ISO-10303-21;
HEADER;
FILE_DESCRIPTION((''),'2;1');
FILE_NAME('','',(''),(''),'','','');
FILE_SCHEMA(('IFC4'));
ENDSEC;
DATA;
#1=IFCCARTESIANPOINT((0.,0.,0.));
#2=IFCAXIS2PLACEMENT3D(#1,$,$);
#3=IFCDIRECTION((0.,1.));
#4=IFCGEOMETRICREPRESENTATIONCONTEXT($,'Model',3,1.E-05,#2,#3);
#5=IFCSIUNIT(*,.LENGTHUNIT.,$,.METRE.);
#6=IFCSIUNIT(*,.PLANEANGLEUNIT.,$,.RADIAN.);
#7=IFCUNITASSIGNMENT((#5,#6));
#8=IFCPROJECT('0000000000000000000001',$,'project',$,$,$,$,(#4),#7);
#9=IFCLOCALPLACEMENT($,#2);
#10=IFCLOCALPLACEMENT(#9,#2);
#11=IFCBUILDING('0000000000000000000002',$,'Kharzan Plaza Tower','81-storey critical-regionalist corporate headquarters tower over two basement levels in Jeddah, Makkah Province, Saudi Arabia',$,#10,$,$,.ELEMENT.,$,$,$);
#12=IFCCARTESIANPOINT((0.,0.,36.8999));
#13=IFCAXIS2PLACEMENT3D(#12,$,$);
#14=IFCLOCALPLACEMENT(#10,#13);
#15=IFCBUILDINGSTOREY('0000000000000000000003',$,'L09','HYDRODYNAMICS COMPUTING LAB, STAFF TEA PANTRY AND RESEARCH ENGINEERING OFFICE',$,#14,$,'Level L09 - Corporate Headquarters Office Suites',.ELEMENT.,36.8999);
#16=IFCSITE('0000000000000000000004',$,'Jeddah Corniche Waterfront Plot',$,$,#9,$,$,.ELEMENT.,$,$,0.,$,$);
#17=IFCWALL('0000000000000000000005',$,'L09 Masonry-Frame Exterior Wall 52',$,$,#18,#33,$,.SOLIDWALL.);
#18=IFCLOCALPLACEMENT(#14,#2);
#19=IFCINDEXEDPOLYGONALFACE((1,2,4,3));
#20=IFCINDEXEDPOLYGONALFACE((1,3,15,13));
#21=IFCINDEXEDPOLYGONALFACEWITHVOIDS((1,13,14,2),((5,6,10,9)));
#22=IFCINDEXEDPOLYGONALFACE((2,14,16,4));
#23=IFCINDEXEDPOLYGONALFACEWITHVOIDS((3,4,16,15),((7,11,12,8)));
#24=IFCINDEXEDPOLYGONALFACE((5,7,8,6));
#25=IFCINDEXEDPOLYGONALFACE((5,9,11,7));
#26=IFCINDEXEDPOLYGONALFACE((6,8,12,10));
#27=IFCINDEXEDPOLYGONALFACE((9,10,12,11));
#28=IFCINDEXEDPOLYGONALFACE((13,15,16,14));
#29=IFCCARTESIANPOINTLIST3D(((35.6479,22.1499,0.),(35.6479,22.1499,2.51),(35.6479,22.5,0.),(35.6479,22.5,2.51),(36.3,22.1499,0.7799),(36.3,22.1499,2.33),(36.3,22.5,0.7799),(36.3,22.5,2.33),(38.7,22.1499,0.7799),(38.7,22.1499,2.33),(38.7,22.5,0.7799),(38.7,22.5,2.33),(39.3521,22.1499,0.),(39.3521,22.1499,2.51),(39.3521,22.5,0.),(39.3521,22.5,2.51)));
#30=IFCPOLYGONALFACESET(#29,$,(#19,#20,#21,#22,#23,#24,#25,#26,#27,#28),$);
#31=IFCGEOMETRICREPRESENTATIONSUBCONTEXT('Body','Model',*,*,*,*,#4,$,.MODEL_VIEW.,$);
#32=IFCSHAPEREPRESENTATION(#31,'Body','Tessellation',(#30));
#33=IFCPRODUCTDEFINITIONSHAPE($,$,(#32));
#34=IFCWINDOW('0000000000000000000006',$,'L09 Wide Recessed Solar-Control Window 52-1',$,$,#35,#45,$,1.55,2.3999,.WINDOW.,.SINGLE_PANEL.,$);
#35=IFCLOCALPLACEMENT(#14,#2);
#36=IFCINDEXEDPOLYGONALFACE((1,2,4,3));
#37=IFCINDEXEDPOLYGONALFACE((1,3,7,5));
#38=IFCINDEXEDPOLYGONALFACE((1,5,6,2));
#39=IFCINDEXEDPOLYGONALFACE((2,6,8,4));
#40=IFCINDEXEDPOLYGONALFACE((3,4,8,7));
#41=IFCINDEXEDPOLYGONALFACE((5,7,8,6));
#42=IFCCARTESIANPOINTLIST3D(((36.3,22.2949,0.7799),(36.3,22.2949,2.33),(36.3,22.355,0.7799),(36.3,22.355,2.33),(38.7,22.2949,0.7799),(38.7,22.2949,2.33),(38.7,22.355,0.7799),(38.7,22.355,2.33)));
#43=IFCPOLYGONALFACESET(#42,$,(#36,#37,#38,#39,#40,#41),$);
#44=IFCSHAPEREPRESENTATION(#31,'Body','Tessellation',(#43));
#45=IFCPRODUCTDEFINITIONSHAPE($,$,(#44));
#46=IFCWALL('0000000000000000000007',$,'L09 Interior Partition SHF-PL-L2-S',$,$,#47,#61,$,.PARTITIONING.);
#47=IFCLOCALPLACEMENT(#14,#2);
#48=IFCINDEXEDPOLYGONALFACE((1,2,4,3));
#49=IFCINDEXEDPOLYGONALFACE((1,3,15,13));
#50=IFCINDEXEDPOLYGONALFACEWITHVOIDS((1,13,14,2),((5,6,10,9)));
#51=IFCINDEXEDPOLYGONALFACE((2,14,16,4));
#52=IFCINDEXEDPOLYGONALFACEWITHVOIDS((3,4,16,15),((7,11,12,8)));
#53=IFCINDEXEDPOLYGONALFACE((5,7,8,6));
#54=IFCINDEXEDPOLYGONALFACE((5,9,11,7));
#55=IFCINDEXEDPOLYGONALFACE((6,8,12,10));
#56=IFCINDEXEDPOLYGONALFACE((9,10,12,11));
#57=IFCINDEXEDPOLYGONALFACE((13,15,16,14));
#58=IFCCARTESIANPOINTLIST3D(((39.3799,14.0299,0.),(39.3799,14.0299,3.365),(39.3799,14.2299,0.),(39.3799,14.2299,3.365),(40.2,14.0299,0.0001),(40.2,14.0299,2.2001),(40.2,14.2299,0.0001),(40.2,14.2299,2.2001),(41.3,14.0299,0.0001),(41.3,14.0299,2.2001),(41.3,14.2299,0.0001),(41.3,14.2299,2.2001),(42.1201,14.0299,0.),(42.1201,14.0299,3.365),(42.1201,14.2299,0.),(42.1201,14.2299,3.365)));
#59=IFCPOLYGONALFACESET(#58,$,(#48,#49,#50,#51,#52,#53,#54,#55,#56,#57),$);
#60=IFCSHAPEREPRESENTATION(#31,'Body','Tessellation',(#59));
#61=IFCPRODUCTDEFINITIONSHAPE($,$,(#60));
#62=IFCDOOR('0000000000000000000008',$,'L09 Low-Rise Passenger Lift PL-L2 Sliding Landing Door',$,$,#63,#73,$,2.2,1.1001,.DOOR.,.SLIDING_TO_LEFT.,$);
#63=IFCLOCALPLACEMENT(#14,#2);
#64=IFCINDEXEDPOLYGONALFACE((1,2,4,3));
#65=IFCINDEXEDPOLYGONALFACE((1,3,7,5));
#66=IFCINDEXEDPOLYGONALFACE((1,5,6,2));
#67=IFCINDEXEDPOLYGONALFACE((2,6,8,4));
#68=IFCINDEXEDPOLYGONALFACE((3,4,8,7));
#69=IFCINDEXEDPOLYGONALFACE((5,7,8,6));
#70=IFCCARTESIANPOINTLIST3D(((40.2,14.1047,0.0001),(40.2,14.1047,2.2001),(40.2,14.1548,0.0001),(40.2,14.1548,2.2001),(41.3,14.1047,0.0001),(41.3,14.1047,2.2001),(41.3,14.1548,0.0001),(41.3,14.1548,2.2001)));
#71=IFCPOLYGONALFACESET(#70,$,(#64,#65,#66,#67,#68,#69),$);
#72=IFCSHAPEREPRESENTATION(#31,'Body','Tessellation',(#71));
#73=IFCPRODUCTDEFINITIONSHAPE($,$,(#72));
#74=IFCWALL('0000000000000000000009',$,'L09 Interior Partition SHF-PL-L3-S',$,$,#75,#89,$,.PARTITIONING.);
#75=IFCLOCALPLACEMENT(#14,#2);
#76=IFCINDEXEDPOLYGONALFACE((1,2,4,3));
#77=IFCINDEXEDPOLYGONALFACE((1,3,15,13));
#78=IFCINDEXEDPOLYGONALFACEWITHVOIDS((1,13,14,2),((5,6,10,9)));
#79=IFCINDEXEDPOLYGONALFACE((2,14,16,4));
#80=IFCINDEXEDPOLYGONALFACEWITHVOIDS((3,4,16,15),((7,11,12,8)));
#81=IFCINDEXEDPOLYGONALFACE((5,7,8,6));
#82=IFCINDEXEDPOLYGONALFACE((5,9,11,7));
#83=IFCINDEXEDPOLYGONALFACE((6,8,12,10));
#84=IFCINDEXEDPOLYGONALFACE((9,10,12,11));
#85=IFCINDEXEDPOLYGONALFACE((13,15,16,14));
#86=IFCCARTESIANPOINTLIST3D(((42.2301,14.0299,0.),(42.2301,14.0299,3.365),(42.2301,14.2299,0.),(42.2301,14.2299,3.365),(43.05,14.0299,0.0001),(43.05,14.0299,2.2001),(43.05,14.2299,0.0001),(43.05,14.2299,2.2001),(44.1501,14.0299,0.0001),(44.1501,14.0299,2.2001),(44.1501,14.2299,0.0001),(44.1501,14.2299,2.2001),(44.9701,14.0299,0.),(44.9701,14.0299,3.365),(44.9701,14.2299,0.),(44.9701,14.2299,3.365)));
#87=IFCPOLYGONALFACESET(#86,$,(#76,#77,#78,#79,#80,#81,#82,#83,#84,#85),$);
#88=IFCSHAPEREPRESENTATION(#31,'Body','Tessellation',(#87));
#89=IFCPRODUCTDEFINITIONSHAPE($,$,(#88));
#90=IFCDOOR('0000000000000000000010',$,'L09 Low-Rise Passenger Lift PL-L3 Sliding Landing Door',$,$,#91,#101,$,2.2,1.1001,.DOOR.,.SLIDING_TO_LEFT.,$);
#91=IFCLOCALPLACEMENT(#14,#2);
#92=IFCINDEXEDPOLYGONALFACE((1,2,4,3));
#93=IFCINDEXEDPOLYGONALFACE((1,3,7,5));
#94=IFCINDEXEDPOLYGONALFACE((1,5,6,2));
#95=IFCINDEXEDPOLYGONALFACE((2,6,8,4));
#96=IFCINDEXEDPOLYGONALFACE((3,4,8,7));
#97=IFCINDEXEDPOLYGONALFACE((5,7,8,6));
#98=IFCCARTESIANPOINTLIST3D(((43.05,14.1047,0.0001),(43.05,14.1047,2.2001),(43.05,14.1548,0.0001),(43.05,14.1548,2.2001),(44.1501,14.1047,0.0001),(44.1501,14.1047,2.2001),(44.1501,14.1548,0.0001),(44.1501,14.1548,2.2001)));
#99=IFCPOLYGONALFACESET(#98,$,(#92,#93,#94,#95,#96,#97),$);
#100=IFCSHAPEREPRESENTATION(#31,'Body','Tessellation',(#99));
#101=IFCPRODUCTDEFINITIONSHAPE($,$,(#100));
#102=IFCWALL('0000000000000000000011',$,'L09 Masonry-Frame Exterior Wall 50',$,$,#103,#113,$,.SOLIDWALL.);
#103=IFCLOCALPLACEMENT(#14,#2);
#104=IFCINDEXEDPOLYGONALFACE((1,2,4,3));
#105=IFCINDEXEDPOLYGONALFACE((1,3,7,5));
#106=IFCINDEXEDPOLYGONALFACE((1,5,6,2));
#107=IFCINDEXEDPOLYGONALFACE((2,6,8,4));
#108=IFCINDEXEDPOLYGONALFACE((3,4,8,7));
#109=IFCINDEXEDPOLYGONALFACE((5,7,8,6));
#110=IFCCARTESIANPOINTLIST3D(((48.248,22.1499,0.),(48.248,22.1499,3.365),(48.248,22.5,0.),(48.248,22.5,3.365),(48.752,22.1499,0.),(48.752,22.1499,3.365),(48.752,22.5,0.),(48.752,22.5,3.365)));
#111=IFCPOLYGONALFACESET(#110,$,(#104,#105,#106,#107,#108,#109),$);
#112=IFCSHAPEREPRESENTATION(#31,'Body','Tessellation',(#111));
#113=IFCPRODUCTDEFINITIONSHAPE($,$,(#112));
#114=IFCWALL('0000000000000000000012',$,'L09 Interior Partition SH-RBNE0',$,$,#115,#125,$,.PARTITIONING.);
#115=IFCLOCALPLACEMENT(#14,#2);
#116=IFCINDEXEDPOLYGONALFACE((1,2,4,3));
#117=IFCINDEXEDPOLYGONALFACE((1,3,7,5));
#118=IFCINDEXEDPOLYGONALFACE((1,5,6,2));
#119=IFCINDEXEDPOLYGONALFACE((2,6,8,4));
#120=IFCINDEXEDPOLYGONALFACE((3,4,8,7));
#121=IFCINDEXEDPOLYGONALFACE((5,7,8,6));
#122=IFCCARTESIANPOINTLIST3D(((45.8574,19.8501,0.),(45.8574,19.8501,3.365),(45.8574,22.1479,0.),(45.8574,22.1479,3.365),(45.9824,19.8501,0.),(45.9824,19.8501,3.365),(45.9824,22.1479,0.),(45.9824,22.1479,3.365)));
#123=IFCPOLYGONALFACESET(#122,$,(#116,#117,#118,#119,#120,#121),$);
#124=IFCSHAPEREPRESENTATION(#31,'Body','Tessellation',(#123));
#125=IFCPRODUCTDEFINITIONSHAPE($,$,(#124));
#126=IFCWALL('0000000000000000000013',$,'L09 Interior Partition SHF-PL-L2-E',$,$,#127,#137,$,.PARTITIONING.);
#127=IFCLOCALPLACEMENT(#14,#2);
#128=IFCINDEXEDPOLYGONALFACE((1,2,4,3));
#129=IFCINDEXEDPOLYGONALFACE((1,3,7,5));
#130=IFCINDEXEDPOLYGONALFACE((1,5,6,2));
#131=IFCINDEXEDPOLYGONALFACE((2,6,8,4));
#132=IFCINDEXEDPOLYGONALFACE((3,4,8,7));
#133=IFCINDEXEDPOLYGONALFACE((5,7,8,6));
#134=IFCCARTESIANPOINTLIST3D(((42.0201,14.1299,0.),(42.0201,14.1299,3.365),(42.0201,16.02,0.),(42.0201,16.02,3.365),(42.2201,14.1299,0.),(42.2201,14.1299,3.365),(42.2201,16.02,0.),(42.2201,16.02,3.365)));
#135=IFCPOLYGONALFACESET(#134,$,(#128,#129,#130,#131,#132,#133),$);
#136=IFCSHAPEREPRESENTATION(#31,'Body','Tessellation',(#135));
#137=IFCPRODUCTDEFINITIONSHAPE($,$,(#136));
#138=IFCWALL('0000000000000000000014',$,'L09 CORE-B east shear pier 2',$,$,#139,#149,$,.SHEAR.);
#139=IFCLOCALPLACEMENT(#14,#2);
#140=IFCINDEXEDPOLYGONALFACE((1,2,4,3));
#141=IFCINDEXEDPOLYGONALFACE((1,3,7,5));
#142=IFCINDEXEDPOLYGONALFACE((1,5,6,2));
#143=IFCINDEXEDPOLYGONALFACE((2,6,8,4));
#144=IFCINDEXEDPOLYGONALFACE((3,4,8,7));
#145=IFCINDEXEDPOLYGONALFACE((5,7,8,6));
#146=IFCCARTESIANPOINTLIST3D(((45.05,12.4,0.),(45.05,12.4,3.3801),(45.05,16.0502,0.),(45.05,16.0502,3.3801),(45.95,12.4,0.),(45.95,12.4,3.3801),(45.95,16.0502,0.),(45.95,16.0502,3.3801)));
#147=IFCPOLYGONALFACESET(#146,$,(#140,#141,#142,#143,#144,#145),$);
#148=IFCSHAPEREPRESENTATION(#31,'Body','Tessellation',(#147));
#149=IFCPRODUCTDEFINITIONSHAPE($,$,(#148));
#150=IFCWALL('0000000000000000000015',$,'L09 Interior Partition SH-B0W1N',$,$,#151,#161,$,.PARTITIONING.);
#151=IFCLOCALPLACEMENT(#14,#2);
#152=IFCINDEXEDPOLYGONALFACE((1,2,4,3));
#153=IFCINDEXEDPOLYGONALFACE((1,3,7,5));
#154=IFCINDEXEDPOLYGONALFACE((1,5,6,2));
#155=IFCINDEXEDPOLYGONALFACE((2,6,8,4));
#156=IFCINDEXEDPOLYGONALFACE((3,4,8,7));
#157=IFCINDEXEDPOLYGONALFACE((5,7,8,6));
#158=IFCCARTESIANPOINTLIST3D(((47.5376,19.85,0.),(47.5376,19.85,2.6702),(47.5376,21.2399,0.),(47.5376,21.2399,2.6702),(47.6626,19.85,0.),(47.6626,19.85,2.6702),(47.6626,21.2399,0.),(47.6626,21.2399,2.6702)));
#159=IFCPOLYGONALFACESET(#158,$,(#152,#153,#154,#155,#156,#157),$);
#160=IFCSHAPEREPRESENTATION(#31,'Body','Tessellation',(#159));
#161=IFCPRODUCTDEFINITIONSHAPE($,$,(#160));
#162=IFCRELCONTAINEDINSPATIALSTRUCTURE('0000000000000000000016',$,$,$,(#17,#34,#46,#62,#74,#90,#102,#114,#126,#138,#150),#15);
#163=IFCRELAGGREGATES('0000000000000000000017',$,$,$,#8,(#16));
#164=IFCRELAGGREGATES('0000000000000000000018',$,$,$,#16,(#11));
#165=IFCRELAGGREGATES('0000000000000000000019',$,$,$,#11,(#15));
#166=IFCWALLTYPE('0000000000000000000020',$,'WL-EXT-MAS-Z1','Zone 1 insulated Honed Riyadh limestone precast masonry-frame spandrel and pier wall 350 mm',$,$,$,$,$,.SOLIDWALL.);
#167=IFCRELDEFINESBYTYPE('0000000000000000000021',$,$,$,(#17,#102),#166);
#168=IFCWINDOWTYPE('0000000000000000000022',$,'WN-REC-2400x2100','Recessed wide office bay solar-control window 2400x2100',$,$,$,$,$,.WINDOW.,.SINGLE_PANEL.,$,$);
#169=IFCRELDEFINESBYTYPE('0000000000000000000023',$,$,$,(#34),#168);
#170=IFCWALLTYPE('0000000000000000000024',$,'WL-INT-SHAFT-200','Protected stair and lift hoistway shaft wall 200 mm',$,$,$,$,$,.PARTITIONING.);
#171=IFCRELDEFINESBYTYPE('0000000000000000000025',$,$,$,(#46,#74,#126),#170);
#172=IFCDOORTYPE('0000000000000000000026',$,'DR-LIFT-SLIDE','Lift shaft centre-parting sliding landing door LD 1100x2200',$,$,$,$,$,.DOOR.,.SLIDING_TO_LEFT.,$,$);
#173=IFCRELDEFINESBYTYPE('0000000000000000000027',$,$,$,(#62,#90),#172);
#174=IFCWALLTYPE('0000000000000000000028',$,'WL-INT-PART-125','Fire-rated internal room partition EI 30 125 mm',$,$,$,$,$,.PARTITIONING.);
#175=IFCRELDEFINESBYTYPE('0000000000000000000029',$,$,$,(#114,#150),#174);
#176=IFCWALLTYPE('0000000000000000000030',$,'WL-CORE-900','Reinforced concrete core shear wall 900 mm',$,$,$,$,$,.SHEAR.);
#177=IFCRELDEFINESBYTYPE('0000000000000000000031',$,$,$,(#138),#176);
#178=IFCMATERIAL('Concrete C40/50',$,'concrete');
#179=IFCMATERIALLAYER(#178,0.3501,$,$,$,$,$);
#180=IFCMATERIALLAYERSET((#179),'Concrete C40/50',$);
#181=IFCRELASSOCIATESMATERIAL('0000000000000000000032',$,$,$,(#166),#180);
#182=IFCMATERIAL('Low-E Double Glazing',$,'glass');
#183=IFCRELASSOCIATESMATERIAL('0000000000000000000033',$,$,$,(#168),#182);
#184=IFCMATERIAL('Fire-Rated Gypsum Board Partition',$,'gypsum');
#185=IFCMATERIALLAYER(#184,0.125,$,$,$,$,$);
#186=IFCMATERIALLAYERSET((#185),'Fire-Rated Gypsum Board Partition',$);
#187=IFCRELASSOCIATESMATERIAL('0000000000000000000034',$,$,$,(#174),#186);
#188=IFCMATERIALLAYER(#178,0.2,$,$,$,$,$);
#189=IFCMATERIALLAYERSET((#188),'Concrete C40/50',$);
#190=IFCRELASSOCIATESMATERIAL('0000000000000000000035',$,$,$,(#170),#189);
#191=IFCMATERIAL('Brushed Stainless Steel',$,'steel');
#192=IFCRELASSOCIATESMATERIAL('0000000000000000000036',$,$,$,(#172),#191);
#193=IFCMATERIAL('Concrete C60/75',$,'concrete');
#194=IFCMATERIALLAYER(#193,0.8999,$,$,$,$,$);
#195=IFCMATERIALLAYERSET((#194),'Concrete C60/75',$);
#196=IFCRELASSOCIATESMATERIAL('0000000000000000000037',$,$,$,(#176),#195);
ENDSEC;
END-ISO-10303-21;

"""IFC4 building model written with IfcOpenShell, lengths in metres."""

from ifc_helpers import new_model, si_unit, direction, frame, frame_2d, origin, place, context, subcontext, project, spatial, rectangle, extrude, source, transform, mapped, material, layer, layer_set, type_object, element, fill, save


model = new_model("IFC4")

# Units and contexts
model_context = context("Model", 3, precision=1e-05, world=origin(), true_north=direction((0.0, 1.0)))
body_context = subcontext(model_context, "Body", "Model", "MODEL_VIEW")
ifc_project = project(units=[si_unit("LENGTHUNIT", "METRE"), si_unit("PLANEANGLEUNIT", "RADIAN")], contexts=[model_context])

# Site, building, storey
site_placement = place(None, origin())
site = spatial("IfcSite", under=ifc_project, at=site_placement, Name="Jeddah Corniche Waterfront Plot", CompositionType="ELEMENT", RefElevation=0.0)
building_placement = place(site_placement, origin())
building = spatial("IfcBuilding", under=site, at=building_placement, Name="Kharzan Plaza Tower", Description="81-storey critical-regionalist corporate headquarters tower over two basement levels in Jeddah, Makkah Province, Saudi Arabia", CompositionType="ELEMENT")
storey_placement = place(building_placement, frame((0.0, 0.0, 36.8999)))
storey = spatial("IfcBuildingStorey", under=building, at=storey_placement, Name="L09", Description="HYDRODYNAMICS COMPUTING LAB, STAFF TEA PANTRY AND RESEARCH ENGINEERING OFFICE", LongName="Level L09 - Corporate Headquarters Office Suites", CompositionType="ELEMENT", Elevation=36.8999)

# Shared definitions
ifc_material_1 = material(Name="Concrete C60/75", Category="concrete")

# Shared definitions
ifc_material_2 = material(Name="Concrete C40/50", Category="concrete")
ifc_layer_1 = layer(ifc_material_2, 0.3501)
ifc_layer_set_1 = layer_set([ifc_layer_1], Name="Concrete C40/50")
wall_type_1 = type_object("IfcWallType", Name="WL-EXT-MAS-Z1", Description="Zone 1 insulated Honed Riyadh limestone precast masonry-frame spandrel and pier wall 350 mm", PredefinedType="SOLIDWALL", material=ifc_layer_set_1)
ifc_material_3 = material(Name="Low-E Double Glazing", Category="glass")

# Wall, opening, window
wall_1_placement = place(storey_placement, frame((39.3521, 22.325, 0.0), z_axis=(0.0, 0.0, 1.0), x_axis=(-1.0, 0.0, 0.0)))
wall_1 = element("IfcWall", 1, at=wall_1_placement, inside=storey, type_object=wall_type_1, Name="L09 Masonry-Frame Exterior Wall 52", PredefinedType="SOLIDWALL", context=body_context, shape_type="SweptSolid", body=[
    extrude(rectangle(XDim=3.7041, YDim=0.3501, at=frame_2d((1.8521, 0.0))), origin(), (0.0, 0.0, 1.0), 2.51),
])
opening_1_placement = place(wall_1_placement, frame((0.6521, 0.0, 0.78)))
opening_1 = element("IfcOpeningElement", 2, at=opening_1_placement, cuts=wall_1, PredefinedType="OPENING", context=body_context, shape_type="SweptSolid", body=[
    extrude(rectangle(XDim=2.3999, YDim=1.55, at=frame_2d((1.2, 0.7749))), frame((0.0, 0.1851, 0.0), z_axis=(0.0, -1.0, 0.0), x_axis=(1.0, 0.0, 0.0)), (0.0, 0.0, 1.0), 0.3701),
])
window_type_1 = type_object("IfcWindowType", Name="WN-REC-2400x2100", Description="Recessed wide office bay solar-control window 2400x2100", PartitioningType="SINGLE_PANEL", PredefinedType="WINDOW", material=ifc_material_3)
shared_shape_1 = source(origin(), body_context, "Body", "SweptSolid", [
    extrude(rectangle(XDim=2.3999, YDim=1.55, at=frame_2d((1.2, 0.7749))), frame((0.0, 0.03, 0.0), z_axis=(0.0, -1.0, 0.0), x_axis=(1.0, 0.0, 0.0)), (0.0, 0.0, 1.0), 0.0601),
])
window_1_placement = place(opening_1_placement, origin())
window_1 = element("IfcWindow", 3, at=window_1_placement, inside=storey, type_object=window_type_1, Name="L09 Wide Recessed Solar-Control Window 52-1", OverallHeight=1.55, OverallWidth=2.3999, PartitioningType="SINGLE_PANEL", PredefinedType="WINDOW", context=body_context, shape_type="MappedRepresentation", body=[
    mapped(shared_shape_1, transform((0.0, 0.0, 0.0), x_axis=(1.0, 0.0, 0.0), y_axis=(0.0, 1.0, 0.0), z_axis=(0.0, 0.0, 1.0))),
])
fill(opening_1, window_1)

# Walls, openings, doors
ifc_material_4 = material(Name="Fire-Rated Gypsum Board Partition", Category="gypsum")
ifc_layer_2 = layer(ifc_material_4, 0.125)
ifc_layer_set_2 = layer_set([ifc_layer_2], Name="Fire-Rated Gypsum Board Partition")
wall_type_2 = type_object("IfcWallType", Name="WL-INT-PART-125", Description="Fire-rated internal room partition EI 30 125 mm", PredefinedType="PARTITIONING", material=ifc_layer_set_2)
ifc_layer_3 = layer(ifc_material_2, 0.2)
ifc_layer_set_3 = layer_set([ifc_layer_3], Name="Concrete C40/50")
wall_type_3 = type_object("IfcWallType", Name="WL-INT-SHAFT-200", Description="Protected stair and lift hoistway shaft wall 200 mm", PredefinedType="PARTITIONING", material=ifc_layer_set_3)
wall_2_placement = place(storey_placement, frame((39.3799, 14.1299, 0.0), z_axis=(0.0, 0.0, 1.0), x_axis=(1.0, 0.0, 0.0)))
wall_2 = element("IfcWall", 4, at=wall_2_placement, inside=storey, type_object=wall_type_3, Name="L09 Interior Partition SHF-PL-L2-S", PredefinedType="PARTITIONING", context=body_context, shape_type="SweptSolid", body=[
    extrude(rectangle(XDim=2.7402, YDim=0.2, at=frame_2d((1.3701, 0.0))), origin(), (0.0, 0.0, 1.0), 3.365),
])
opening_2_placement = place(wall_2_placement, frame((0.8201, 0.0, 0.0)))
opening_2 = element("IfcOpeningElement", 5, at=opening_2_placement, cuts=wall_2, PredefinedType="OPENING", context=body_context, shape_type="SweptSolid", body=[
    extrude(rectangle(XDim=1.1001, YDim=2.2, at=frame_2d((0.55, 1.1001))), frame((0.0, 0.1099, 0.0), z_axis=(0.0, -1.0, 0.0), x_axis=(1.0, 0.0, 0.0)), (0.0, 0.0, 1.0), 0.22),
])
ifc_material_5 = material(Name="Brushed Stainless Steel", Category="steel")
door_type_1 = type_object("IfcDoorType", Name="DR-LIFT-SLIDE", Description="Lift shaft centre-parting sliding landing door LD 1100x2200", OperationType="SLIDING_TO_LEFT", PredefinedType="DOOR", material=ifc_material_5)
shared_shape_2 = source(origin(), body_context, "Body", "SweptSolid", [
    extrude(rectangle(XDim=1.1001, YDim=2.2, at=frame_2d((0.55, 1.1001))), frame((0.0, 0.0249, 0.0), z_axis=(0.0, -1.0, 0.0), x_axis=(1.0, 0.0, 0.0)), (0.0, 0.0, 1.0), 0.05),
])
door_1_placement = place(opening_2_placement, origin())
door_1 = element("IfcDoor", 6, at=door_1_placement, inside=storey, type_object=door_type_1, Name="L09 Low-Rise Passenger Lift PL-L2 Sliding Landing Door", OperationType="SLIDING_TO_LEFT", OverallHeight=2.2, OverallWidth=1.1001, PredefinedType="DOOR", context=body_context, shape_type="MappedRepresentation", body=[
    mapped(shared_shape_2, transform((0.0, 0.0, 0.0), x_axis=(1.0, 0.0, 0.0), y_axis=(0.0, 1.0, 0.0), z_axis=(0.0, 0.0, 1.0))),
])
fill(opening_2, door_1)
wall_3_placement = place(storey_placement, frame((42.23, 14.1299, 0.0), z_axis=(0.0, 0.0, 1.0), x_axis=(1.0, 0.0, 0.0)))
wall_3 = element("IfcWall", 7, at=wall_3_placement, inside=storey, type_object=wall_type_3, Name="L09 Interior Partition SHF-PL-L3-S", PredefinedType="PARTITIONING", context=body_context, shape_type="SweptSolid", body=[
    extrude(rectangle(XDim=2.74, YDim=0.2, at=frame_2d((1.3701, 0.0))), origin(), (0.0, 0.0, 1.0), 3.365),
])
opening_3_placement = place(wall_3_placement, frame((0.8201, 0.0, 0.0)))
opening_3 = element("IfcOpeningElement", 8, at=opening_3_placement, cuts=wall_3, PredefinedType="OPENING", context=body_context, shape_type="SweptSolid", body=[
    extrude(rectangle(XDim=1.1001, YDim=2.2, at=frame_2d((0.55, 1.1001))), frame((0.0, 0.1099, 0.0), z_axis=(0.0, -1.0, 0.0), x_axis=(1.0, 0.0, 0.0)), (0.0, 0.0, 1.0), 0.22),
])
door_2_placement = place(opening_3_placement, origin())
door_2 = element("IfcDoor", 9, at=door_2_placement, inside=storey, type_object=door_type_1, Name="L09 Low-Rise Passenger Lift PL-L3 Sliding Landing Door", OperationType="SLIDING_TO_LEFT", OverallHeight=2.2, OverallWidth=1.1001, PredefinedType="DOOR", context=body_context, shape_type="MappedRepresentation", body=[
    mapped(shared_shape_2, transform((0.0, 0.0, 0.0), x_axis=(1.0, 0.0, 0.0), y_axis=(0.0, 1.0, 0.0), z_axis=(0.0, 0.0, 1.0))),
])
fill(opening_3, door_2)

# Walls
shared_shape_3 = source(origin(), body_context, "Body", "SweptSolid", [
    extrude(rectangle(XDim=0.5039, YDim=0.3501, at=frame_2d((0.252, 0.0))), origin(), (0.0, 0.0, 1.0), 3.365),
])
wall_4_placement = place(storey_placement, frame((48.752, 22.325, 0.0), z_axis=(0.0, 0.0, 1.0), x_axis=(-1.0, 0.0, 0.0)))
element("IfcWall", 10, at=wall_4_placement, inside=storey, type_object=wall_type_1, Name="L09 Masonry-Frame Exterior Wall 50", PredefinedType="SOLIDWALL", context=body_context, shape_type="MappedRepresentation", body=[
    mapped(shared_shape_3, transform((0.0, 0.0, 0.0), x_axis=(1.0, 0.0, 0.0), y_axis=(0.0, 1.0, 0.0), z_axis=(0.0, 0.0, 1.0))),
])
shared_shape_4 = source(origin(), body_context, "Body", "SweptSolid", [
    extrude(rectangle(XDim=2.2979, YDim=0.125, at=frame_2d((1.1489, 0.0))), origin(), (0.0, 0.0, 1.0), 3.365),
])
wall_5_placement = place(storey_placement, frame((45.9199, 19.8501, 0.0), z_axis=(0.0, 0.0, 1.0), x_axis=(0.0, 1.0, 0.0)))
element("IfcWall", 11, at=wall_5_placement, inside=storey, type_object=wall_type_2, Name="L09 Interior Partition SH-RBNE0", PredefinedType="PARTITIONING", context=body_context, shape_type="MappedRepresentation", body=[
    mapped(shared_shape_4, transform((0.0, 0.0, 0.0), x_axis=(1.0, 0.0, 0.0), y_axis=(0.0, 1.0, 0.0), z_axis=(0.0, 0.0, 1.0))),
])
shared_shape_5 = source(origin(), body_context, "Body", "SweptSolid", [
    extrude(rectangle(XDim=1.8901, YDim=0.2, at=frame_2d((0.9451, 0.0))), origin(), (0.0, 0.0, 1.0), 3.365),
])
wall_6_placement = place(storey_placement, frame((42.1201, 14.1299, 0.0), z_axis=(0.0, 0.0, 1.0), x_axis=(0.0, 1.0, 0.0)))
element("IfcWall", 12, at=wall_6_placement, inside=storey, type_object=wall_type_3, Name="L09 Interior Partition SHF-PL-L2-E", PredefinedType="PARTITIONING", context=body_context, shape_type="MappedRepresentation", body=[
    mapped(shared_shape_5, transform((0.0, 0.0, 0.0), x_axis=(1.0, 0.0, 0.0), y_axis=(0.0, 1.0, 0.0), z_axis=(0.0, 0.0, 1.0))),
])
ifc_layer_4 = layer(ifc_material_1, 0.8999)
ifc_layer_set_4 = layer_set([ifc_layer_4], Name="Concrete C60/75")
wall_type_4 = type_object("IfcWallType", Name="WL-CORE-900", Description="Reinforced concrete core shear wall 900 mm", PredefinedType="SHEAR", material=ifc_layer_set_4)
shared_shape_6 = source(origin(), body_context, "Body", "SweptSolid", [
    extrude(rectangle(XDim=3.6501, YDim=0.8999, at=frame_2d((1.8252, 0.0))), origin(), (0.0, 0.0, 1.0), 3.3801),
])
wall_7_placement = place(storey_placement, frame((45.5, 12.3999, 0.0), z_axis=(0.0, 0.0, 1.0), x_axis=(0.0, 1.0, 0.0)))
element("IfcWall", 13, at=wall_7_placement, inside=storey, type_object=wall_type_4, Name="L09 CORE-B east shear pier 2", PredefinedType="SHEAR", context=body_context, shape_type="MappedRepresentation", body=[
    mapped(shared_shape_6, transform((0.0, 0.0, 0.0), x_axis=(1.0, 0.0, 0.0), y_axis=(0.0, 1.0, 0.0), z_axis=(0.0, 0.0, 1.0))),
])
shared_shape_7 = source(origin(), body_context, "Body", "SweptSolid", [
    extrude(rectangle(XDim=1.3899, YDim=0.125, at=frame_2d((0.6948, 0.0))), origin(), (0.0, 0.0, 1.0), 2.6702),
])
wall_8_placement = place(storey_placement, frame((47.6001, 19.8501, 0.0), z_axis=(0.0, 0.0, 1.0), x_axis=(0.0, 1.0, 0.0)))
element("IfcWall", 14, at=wall_8_placement, inside=storey, type_object=wall_type_2, Name="L09 Interior Partition SH-B0W1N", PredefinedType="PARTITIONING", context=body_context, shape_type="MappedRepresentation", body=[
    mapped(shared_shape_7, transform((0.0, 0.0, 0.0), x_axis=(1.0, 0.0, 0.0), y_axis=(0.0, 1.0, 0.0), z_axis=(0.0, 0.0, 1.0))),
])

save(model, "model.ifc")
